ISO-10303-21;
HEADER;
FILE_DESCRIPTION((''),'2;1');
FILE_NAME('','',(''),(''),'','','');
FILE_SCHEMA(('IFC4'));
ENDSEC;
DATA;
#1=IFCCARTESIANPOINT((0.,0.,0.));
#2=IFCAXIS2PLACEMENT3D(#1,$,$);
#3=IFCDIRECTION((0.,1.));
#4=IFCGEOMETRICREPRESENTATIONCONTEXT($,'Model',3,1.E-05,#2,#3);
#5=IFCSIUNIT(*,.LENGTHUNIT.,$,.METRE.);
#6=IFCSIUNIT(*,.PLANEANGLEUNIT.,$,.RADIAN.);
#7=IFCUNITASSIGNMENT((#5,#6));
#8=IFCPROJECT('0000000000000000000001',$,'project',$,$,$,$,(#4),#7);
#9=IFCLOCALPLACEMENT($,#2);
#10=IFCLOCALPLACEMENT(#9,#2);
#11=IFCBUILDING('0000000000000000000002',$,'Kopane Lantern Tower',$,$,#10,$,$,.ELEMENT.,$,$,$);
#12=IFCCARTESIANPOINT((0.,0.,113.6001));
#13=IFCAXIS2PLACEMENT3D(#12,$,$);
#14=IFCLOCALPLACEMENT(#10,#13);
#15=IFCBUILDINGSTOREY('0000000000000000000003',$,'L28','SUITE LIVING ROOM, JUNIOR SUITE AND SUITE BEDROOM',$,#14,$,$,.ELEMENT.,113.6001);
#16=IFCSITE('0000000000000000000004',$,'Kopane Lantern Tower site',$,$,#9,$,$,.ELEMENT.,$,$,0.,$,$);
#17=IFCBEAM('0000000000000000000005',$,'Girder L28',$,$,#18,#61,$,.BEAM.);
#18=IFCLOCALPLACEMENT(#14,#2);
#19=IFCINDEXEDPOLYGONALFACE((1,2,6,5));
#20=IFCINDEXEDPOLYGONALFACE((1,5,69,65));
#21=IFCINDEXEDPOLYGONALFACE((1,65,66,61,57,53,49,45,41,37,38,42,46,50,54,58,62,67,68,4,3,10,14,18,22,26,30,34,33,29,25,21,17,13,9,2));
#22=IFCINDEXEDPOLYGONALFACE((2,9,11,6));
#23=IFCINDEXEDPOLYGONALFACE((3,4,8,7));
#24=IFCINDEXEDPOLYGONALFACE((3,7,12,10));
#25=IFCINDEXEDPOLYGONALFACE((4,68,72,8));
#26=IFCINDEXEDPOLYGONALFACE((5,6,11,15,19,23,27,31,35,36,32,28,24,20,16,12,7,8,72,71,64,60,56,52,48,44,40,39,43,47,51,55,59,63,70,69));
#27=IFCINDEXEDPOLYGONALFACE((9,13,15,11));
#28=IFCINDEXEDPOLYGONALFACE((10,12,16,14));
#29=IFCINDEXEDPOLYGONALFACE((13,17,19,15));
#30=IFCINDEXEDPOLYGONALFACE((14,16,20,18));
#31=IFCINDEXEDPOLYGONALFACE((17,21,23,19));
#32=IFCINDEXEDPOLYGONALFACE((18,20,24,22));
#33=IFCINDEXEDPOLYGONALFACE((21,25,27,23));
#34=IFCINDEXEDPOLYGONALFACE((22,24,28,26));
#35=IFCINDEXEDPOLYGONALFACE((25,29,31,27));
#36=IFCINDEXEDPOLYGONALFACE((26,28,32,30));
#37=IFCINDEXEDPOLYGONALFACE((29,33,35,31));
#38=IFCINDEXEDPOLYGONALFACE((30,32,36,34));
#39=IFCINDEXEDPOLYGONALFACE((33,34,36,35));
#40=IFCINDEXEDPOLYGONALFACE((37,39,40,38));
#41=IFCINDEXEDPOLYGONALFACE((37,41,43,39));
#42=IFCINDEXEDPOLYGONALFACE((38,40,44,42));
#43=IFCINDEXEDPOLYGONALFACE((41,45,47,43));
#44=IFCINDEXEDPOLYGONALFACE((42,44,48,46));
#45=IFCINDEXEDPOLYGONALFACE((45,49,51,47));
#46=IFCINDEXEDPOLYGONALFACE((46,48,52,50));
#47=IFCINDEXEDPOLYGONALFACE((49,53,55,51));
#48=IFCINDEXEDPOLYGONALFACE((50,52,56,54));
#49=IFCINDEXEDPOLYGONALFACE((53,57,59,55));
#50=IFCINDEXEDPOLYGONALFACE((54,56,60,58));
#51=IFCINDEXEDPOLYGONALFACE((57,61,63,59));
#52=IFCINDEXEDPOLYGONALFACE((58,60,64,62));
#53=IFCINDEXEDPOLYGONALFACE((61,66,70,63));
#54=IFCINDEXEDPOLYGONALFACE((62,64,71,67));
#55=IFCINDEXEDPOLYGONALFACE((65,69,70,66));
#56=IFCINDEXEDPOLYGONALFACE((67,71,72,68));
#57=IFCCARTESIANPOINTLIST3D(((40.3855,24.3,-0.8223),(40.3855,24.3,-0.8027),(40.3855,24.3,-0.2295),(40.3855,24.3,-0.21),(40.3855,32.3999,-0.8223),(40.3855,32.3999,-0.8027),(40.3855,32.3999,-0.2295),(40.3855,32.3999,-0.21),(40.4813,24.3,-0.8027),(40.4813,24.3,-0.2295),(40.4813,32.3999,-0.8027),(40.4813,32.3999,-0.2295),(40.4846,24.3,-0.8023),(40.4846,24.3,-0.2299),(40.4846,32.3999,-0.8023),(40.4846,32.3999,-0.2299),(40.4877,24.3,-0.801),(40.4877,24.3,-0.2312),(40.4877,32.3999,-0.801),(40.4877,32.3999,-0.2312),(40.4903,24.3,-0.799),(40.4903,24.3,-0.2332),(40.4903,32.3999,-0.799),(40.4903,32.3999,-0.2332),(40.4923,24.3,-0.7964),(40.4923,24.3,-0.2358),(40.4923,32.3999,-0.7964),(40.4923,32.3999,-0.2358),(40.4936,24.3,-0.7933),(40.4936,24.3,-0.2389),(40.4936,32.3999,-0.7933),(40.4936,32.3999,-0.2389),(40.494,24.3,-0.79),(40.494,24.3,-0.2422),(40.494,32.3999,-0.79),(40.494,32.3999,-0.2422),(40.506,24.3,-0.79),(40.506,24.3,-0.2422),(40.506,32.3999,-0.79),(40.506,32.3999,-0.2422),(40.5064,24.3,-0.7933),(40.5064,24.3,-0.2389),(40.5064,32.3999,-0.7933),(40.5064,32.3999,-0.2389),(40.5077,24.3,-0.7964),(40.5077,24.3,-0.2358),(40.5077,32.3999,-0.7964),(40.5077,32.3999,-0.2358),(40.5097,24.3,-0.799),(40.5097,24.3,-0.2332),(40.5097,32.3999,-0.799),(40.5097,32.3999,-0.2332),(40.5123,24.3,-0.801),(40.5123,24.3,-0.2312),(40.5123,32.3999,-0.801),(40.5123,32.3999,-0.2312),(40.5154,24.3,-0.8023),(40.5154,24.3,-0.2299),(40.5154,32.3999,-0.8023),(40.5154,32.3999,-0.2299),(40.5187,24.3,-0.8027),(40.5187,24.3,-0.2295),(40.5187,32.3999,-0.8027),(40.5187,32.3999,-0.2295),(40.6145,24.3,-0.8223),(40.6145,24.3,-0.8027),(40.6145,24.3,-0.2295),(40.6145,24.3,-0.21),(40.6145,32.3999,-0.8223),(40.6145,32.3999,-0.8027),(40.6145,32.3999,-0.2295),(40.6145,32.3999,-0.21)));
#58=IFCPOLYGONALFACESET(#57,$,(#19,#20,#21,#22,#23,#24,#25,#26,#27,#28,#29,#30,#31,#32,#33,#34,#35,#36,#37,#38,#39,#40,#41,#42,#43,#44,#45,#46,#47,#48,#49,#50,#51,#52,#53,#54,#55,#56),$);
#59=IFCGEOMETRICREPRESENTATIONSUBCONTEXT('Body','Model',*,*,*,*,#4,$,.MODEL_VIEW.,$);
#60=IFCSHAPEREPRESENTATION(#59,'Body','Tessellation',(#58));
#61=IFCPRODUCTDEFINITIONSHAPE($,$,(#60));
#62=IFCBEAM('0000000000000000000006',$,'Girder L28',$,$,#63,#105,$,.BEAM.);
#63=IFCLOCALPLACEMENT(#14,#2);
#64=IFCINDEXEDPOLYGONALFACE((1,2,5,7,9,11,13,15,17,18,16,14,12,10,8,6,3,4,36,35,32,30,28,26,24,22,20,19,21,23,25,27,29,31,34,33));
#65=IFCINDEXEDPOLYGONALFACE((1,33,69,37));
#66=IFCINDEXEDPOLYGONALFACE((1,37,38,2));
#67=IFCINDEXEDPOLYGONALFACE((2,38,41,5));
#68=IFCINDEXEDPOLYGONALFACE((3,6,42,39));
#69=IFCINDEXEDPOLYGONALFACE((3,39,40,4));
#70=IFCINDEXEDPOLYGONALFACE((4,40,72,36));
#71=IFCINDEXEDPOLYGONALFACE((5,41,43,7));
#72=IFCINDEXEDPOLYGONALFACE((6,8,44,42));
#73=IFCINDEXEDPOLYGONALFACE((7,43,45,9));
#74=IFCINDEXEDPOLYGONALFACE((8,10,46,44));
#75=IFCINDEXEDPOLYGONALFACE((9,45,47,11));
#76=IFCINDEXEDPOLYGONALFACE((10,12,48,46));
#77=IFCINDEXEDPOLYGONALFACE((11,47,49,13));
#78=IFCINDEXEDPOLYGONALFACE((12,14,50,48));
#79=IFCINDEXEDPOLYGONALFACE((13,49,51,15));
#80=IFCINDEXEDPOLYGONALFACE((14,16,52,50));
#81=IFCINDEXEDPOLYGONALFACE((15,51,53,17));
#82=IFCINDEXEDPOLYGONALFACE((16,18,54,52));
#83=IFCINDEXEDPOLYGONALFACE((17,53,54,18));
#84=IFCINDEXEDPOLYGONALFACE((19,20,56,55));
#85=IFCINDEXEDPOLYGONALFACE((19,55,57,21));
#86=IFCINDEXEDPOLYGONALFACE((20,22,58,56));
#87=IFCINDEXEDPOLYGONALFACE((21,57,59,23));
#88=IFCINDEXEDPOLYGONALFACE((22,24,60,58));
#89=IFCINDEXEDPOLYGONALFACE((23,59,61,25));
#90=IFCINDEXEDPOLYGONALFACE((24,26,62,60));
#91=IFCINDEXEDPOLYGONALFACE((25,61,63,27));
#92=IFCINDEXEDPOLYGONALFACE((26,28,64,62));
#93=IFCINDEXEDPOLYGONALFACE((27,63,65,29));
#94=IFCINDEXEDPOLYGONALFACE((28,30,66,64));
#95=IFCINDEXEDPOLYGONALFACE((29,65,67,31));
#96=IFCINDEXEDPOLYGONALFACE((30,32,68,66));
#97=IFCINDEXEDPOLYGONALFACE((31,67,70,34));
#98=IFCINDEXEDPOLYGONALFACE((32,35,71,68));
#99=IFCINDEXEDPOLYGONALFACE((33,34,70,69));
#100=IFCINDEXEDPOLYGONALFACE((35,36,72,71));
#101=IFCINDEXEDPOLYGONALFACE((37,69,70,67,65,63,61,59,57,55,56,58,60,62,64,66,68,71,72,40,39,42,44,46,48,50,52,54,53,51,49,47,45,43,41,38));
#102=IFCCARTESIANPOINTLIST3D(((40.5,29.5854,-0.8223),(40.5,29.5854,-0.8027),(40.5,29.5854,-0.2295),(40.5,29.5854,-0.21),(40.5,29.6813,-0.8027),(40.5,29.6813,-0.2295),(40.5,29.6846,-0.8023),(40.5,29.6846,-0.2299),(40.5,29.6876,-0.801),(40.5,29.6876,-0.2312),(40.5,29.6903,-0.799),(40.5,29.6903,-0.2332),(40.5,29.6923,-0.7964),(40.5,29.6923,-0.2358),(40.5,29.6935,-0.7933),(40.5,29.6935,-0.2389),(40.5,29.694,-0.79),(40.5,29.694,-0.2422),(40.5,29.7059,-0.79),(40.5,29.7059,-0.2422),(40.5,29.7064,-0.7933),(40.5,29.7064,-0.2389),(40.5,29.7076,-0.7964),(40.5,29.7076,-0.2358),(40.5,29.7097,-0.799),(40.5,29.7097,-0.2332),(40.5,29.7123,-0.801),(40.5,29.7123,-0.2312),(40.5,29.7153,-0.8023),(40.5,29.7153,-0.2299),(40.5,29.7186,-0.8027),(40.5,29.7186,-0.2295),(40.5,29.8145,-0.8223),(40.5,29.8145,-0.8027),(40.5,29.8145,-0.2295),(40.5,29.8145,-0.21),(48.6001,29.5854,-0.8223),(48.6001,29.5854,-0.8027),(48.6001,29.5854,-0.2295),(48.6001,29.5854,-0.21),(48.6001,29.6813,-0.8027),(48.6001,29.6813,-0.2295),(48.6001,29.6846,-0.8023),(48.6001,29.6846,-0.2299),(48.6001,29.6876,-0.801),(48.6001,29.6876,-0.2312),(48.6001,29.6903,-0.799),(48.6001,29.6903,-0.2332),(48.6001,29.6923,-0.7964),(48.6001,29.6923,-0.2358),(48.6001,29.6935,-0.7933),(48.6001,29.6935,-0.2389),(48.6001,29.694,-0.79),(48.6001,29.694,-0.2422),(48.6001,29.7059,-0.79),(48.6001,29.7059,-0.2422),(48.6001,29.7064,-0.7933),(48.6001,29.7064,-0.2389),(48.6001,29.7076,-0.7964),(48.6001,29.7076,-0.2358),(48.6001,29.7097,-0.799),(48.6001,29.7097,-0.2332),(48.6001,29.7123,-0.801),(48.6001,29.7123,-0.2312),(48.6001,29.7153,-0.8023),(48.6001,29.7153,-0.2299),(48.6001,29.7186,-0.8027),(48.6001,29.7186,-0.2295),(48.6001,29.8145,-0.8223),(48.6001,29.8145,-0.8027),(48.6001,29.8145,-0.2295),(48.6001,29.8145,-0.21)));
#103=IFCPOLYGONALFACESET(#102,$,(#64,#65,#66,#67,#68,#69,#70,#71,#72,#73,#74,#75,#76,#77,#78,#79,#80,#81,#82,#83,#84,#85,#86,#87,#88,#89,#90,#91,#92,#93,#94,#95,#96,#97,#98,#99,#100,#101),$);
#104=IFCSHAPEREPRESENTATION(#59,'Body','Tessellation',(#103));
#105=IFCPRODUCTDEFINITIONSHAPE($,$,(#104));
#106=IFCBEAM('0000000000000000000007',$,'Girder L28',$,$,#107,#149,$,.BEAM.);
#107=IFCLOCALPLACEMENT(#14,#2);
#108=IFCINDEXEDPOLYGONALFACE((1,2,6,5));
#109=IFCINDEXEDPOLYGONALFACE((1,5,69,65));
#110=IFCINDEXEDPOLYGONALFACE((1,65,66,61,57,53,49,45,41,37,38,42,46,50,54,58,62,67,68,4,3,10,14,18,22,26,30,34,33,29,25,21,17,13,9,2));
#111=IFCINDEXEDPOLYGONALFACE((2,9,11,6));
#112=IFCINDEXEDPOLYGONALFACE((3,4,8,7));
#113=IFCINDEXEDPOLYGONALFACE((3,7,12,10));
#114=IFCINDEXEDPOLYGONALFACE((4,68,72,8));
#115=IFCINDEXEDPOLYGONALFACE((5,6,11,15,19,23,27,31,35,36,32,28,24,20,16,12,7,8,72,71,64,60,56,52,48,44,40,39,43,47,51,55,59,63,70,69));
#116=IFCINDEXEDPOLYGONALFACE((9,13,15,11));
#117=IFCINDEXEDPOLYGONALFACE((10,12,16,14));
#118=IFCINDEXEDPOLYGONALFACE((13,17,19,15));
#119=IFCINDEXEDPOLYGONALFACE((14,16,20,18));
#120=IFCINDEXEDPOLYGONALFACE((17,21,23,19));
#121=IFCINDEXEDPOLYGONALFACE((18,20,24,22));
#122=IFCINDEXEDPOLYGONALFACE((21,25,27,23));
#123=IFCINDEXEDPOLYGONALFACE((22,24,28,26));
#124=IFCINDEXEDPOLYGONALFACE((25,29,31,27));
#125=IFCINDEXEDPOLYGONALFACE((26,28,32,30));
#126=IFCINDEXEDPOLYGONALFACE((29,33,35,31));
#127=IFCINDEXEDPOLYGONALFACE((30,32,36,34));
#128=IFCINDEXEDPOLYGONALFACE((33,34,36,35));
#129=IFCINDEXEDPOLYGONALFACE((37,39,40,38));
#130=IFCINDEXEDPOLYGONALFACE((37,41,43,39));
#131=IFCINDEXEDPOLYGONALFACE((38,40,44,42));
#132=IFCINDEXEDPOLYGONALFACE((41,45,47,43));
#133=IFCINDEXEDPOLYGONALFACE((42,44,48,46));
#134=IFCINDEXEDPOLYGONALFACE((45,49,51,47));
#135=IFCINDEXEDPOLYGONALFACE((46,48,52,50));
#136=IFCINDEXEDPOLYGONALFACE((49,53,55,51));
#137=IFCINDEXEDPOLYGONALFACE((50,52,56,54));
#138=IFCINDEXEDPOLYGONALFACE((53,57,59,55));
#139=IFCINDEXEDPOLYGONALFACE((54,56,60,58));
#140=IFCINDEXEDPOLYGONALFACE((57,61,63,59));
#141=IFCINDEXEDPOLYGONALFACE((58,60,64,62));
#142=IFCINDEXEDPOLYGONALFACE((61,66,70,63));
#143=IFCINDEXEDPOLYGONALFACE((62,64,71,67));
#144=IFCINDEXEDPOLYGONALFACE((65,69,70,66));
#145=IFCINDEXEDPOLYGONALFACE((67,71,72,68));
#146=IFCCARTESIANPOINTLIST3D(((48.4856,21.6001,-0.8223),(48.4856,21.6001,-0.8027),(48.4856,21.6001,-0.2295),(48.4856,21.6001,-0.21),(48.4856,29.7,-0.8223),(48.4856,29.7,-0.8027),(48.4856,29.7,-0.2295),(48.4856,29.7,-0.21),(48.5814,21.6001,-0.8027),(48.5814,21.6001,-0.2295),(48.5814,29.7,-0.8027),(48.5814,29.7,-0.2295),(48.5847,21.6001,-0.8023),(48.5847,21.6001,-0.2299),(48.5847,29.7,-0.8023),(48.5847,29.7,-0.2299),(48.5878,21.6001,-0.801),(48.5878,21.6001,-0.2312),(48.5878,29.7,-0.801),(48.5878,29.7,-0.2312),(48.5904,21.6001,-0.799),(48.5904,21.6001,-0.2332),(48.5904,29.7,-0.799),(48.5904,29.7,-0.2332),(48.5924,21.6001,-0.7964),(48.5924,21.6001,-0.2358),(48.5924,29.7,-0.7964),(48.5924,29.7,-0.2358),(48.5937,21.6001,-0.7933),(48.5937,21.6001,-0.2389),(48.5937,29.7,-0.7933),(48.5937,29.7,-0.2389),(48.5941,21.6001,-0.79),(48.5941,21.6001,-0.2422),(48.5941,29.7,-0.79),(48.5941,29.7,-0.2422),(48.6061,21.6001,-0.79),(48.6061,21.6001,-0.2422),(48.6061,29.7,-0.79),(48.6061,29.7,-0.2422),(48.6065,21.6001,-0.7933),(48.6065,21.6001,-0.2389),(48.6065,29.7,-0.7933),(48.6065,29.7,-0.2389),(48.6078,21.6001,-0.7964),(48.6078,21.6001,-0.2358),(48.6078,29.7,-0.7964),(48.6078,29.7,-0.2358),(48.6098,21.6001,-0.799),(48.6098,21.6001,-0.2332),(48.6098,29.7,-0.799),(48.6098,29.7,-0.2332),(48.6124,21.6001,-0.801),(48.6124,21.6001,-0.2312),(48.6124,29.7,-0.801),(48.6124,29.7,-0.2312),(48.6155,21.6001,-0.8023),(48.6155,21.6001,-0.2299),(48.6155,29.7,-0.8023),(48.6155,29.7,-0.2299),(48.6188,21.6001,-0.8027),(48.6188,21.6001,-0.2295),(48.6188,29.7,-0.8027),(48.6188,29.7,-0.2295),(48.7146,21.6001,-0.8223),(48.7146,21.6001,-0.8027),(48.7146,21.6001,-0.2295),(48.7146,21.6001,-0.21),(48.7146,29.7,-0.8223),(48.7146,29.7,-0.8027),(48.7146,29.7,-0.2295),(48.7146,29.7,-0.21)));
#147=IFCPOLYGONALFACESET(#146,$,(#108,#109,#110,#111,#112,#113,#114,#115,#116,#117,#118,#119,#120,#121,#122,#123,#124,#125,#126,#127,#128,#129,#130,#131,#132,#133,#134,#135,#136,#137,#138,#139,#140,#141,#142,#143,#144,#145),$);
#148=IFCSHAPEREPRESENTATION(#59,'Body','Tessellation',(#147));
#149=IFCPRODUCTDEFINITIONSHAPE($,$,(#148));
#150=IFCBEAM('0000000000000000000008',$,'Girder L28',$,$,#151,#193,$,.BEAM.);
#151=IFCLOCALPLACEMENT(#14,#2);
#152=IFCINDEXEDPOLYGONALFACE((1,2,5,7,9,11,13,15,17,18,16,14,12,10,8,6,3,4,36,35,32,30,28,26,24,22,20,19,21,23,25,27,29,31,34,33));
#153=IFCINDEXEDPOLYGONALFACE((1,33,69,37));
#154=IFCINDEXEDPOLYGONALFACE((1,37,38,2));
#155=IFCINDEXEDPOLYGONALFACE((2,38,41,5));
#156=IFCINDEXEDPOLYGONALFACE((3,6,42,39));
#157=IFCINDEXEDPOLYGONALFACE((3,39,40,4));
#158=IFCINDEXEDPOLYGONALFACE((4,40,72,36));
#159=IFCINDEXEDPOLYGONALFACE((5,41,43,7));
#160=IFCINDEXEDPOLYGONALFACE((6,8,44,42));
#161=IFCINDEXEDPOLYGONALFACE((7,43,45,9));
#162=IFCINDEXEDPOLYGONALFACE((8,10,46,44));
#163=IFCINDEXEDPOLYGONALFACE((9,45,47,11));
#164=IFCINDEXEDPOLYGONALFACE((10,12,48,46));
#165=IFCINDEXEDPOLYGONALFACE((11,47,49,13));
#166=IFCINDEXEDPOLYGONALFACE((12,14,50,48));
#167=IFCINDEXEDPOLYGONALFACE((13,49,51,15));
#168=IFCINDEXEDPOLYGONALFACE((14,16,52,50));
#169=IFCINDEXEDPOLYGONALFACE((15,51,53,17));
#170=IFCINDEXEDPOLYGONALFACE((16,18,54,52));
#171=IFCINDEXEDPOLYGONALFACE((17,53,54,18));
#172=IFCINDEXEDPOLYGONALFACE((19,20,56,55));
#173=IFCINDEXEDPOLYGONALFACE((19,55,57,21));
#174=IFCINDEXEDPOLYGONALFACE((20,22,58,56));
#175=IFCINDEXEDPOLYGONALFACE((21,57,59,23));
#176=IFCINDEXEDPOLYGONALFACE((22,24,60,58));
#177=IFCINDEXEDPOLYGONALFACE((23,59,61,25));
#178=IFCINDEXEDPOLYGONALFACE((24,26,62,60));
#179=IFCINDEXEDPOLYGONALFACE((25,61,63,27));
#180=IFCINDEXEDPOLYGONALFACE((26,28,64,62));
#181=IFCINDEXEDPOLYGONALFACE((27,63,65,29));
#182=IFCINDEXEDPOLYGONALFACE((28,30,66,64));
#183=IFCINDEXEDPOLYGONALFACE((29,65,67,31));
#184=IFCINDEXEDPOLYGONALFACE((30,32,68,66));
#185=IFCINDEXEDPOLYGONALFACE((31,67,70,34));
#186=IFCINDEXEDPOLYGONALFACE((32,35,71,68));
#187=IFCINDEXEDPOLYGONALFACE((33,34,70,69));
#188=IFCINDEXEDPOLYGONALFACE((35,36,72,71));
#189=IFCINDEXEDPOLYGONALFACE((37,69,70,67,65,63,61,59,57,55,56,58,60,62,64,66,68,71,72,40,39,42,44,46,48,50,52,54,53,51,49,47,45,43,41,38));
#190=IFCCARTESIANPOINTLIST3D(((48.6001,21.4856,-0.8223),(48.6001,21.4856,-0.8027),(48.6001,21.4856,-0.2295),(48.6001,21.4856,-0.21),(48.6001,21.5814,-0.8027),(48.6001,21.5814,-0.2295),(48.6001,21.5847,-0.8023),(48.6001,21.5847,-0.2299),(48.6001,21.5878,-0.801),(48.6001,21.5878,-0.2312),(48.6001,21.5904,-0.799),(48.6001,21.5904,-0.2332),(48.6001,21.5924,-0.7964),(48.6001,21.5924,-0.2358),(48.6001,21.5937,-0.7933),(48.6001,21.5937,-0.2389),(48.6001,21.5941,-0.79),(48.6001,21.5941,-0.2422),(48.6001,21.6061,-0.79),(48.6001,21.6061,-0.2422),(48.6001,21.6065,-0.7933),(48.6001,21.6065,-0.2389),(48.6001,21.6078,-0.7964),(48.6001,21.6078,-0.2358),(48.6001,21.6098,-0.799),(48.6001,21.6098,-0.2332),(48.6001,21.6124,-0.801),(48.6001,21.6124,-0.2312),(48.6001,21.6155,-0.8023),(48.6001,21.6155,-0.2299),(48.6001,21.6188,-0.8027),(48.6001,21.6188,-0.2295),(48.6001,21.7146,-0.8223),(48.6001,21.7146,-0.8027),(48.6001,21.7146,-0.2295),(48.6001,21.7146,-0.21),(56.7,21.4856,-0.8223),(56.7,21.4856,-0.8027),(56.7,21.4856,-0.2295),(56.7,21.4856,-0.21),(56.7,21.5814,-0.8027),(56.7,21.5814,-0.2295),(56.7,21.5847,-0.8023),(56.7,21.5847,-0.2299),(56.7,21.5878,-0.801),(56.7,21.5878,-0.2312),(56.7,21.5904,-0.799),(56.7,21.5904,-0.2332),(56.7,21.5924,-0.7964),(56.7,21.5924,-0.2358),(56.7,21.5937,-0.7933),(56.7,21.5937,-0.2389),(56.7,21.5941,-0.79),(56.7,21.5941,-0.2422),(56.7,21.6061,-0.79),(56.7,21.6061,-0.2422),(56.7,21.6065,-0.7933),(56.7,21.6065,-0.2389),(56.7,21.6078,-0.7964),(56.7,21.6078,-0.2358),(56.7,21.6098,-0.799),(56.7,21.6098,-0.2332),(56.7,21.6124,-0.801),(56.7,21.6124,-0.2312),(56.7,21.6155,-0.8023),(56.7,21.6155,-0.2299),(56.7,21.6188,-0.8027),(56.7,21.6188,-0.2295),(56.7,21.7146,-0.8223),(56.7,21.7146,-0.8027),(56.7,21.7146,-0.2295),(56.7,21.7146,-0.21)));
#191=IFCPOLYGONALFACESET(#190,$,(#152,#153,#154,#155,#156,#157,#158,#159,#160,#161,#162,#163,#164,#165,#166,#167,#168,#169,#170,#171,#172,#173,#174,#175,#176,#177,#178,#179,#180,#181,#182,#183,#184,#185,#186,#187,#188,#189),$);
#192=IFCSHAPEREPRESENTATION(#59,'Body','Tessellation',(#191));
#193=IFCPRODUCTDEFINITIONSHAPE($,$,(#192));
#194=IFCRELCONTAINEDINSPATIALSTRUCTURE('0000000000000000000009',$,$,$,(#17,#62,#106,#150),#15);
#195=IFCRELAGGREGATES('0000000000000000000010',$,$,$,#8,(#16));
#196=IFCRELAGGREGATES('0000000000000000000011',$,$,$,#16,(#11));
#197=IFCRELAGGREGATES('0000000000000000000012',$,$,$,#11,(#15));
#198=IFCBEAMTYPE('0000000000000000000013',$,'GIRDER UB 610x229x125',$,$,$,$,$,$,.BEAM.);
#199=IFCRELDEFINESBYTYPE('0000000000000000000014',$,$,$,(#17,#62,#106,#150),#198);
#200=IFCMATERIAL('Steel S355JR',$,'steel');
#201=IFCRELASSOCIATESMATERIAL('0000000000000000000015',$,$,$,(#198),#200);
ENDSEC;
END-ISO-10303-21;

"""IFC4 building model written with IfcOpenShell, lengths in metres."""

from ifc_helpers import new_model, si_unit, direction, frame, origin, origin_2d, place, context, subcontext, project, spatial, i_section, extrude, material, material_profile, profile_set, type_object, element, save


model = new_model("IFC4")

# Units and contexts
model_context = context("Model", 3, precision=1e-05, world=origin(), true_north=direction((0.0, 1.0)))
body_context = subcontext(model_context, "Body", "Model", "MODEL_VIEW")
ifc_project = project(units=[si_unit("LENGTHUNIT", "METRE"), si_unit("PLANEANGLEUNIT", "RADIAN")], contexts=[model_context])

# Site, building, storey
site_placement = place(None, origin())
site = spatial("IfcSite", under=ifc_project, at=site_placement, Name="Kopane Lantern Tower site", CompositionType="ELEMENT", RefElevation=0.0)
building_placement = place(site_placement, origin())
building = spatial("IfcBuilding", under=site, at=building_placement, Name="Kopane Lantern Tower", CompositionType="ELEMENT")
storey_placement = place(building_placement, frame((0.0, 0.0, 113.6001)))
storey = spatial("IfcBuildingStorey", under=building, at=storey_placement, Name="L28", Description="SUITE LIVING ROOM, JUNIOR SUITE AND SUITE BEDROOM", CompositionType="ELEMENT", Elevation=113.6001)

# Beams
ifc_material_1 = material(Name="Steel S355JR", Category="steel")
ifc_material_profile_1 = material_profile(ifc_material_1, i_section(OverallWidth=0.229, OverallDepth=0.6123, WebThickness=0.012, FlangeThickness=0.0195, FilletRadius=0.0127, at=origin_2d()), Name="UB 610x229x125")
ifc_profile_set_1 = profile_set([ifc_material_profile_1], Name="Steel S355JR")
beam_type_1 = type_object("IfcBeamType", Name="GIRDER UB 610x229x125", PredefinedType="BEAM", material=ifc_profile_set_1)
beam_1_placement = place(storey_placement, frame((40.5, 24.3, -0.5161), z_axis=(0.0, 1.0, 0.0), x_axis=(-1.0, 0.0, 0.0)))
element("IfcBeam", 1, at=beam_1_placement, inside=storey, type_object=beam_type_1, Name="Girder L28", PredefinedType="BEAM", context=body_context, shape_type="SweptSolid", body=[
    extrude(i_section(OverallWidth=0.229, OverallDepth=0.6123, WebThickness=0.012, FlangeThickness=0.0195, FilletRadius=0.0127, at=origin_2d()), origin(), (0.0, 0.0, 1.0), 8.0999),
])
beam_2_placement = place(storey_placement, frame((40.5, 29.7, -0.5161), z_axis=(1.0, 0.0, 0.0), x_axis=(0.0, 1.0, 0.0)))
element("IfcBeam", 2, at=beam_2_placement, inside=storey, type_object=beam_type_1, Name="Girder L28", PredefinedType="BEAM", context=body_context, shape_type="SweptSolid", body=[
    extrude(i_section(OverallWidth=0.229, OverallDepth=0.6123, WebThickness=0.012, FlangeThickness=0.0195, FilletRadius=0.0127, at=origin_2d()), origin(), (0.0, 0.0, 1.0), 8.1001),
])
for number, where, z_axis, x_axis, name in (
    (3, (48.6001, 21.6001, -0.5161), (0.0, 1.0, 0.0), (-1.0, 0.0, 0.0), "Girder L28"),
    (4, (48.6001, 21.6001, -0.5161), (1.0, 0.0, 0.0), (0.0, 1.0, 0.0), "Girder L28"),
):
    element("IfcBeam", number, at=place(storey_placement, frame(where, z_axis=z_axis, x_axis=x_axis)), inside=storey, type_object=beam_type_1, Name=name, PredefinedType="BEAM", context=body_context, shape_type="SweptSolid", body=[
        extrude(i_section(OverallWidth=0.229, OverallDepth=0.6123, WebThickness=0.012, FlangeThickness=0.0195, FilletRadius=0.0127, at=origin_2d()), origin(), (0.0, 0.0, 1.0), 8.0999),
    ])

save(model, "model.ifc")
